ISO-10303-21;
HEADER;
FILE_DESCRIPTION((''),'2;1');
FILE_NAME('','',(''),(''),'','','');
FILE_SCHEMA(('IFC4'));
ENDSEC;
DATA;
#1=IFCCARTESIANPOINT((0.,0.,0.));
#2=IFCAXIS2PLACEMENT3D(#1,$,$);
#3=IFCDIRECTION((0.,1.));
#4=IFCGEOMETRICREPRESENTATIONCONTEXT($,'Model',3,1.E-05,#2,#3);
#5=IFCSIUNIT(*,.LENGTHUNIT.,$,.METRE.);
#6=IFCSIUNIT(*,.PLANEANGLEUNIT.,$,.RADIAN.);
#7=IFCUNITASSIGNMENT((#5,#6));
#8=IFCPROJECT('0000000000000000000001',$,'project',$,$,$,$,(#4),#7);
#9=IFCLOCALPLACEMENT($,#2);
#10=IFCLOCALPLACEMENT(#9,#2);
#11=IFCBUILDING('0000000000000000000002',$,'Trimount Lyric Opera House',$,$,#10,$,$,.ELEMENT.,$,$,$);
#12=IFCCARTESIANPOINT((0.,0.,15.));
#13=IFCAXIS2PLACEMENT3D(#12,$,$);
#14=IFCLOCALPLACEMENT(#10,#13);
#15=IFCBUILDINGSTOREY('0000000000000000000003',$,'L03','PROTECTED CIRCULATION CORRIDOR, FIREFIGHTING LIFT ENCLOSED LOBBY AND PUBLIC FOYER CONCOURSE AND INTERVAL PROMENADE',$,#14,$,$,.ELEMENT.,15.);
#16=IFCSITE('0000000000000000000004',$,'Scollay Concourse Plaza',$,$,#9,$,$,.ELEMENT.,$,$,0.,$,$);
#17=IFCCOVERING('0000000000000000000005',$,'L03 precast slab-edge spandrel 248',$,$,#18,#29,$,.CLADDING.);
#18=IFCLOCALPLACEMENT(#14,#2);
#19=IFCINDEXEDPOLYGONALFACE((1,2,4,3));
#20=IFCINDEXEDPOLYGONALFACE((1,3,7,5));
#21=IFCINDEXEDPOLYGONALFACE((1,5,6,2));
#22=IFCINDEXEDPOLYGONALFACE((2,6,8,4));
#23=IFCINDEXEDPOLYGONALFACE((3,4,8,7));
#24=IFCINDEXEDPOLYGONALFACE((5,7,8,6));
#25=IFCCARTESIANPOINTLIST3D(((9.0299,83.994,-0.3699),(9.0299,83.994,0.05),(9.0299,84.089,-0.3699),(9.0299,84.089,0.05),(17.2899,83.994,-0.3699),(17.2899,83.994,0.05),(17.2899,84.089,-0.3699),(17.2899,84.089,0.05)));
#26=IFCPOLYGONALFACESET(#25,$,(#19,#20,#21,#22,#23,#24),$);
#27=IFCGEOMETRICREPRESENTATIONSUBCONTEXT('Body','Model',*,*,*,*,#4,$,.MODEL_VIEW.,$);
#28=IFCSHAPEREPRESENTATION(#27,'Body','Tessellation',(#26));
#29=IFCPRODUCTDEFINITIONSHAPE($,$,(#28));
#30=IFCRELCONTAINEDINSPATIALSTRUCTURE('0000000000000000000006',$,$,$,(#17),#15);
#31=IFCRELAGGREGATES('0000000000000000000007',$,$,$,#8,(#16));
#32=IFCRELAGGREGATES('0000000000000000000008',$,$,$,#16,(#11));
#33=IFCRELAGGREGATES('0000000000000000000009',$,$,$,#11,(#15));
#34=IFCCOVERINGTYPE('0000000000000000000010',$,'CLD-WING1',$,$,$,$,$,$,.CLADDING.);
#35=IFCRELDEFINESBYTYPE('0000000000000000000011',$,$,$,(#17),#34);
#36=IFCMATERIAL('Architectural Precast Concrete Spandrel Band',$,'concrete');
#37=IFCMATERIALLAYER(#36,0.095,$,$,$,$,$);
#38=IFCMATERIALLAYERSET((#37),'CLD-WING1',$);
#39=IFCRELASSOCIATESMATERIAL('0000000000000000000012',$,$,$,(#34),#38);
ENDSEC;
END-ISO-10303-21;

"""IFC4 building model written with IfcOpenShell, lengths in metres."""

from ifc_helpers import new_model, si_unit, direction, frame, origin, origin_2d, place, context, subcontext, project, spatial, rectangle, extrude, material, layer, layer_set, type_object, element, save


model = new_model("IFC4")

# Units and contexts
model_context = context("Model", 3, precision=1e-05, world=origin(), true_north=direction((0.0, 1.0)))
body_context = subcontext(model_context, "Body", "Model", "MODEL_VIEW")
ifc_project = project(units=[si_unit("LENGTHUNIT", "METRE"), si_unit("PLANEANGLEUNIT", "RADIAN")], contexts=[model_context])

# Site, building, storey
site_placement = place(None, origin())
site = spatial("IfcSite", under=ifc_project, at=site_placement, Name="Scollay Concourse Plaza", CompositionType="ELEMENT", RefElevation=0.0)
building_placement = place(site_placement, origin())
building = spatial("IfcBuilding", under=site, at=building_placement, Name="Trimount Lyric Opera House", CompositionType="ELEMENT")
storey_placement = place(building_placement, frame((0.0, 0.0, 15.0)))
storey = spatial("IfcBuildingStorey", under=building, at=storey_placement, Name="L03", Description="PROTECTED CIRCULATION CORRIDOR, FIREFIGHTING LIFT ENCLOSED LOBBY AND PUBLIC FOYER CONCOURSE AND INTERVAL PROMENADE", CompositionType="ELEMENT", Elevation=15.0)

# Covering
ifc_material_1 = material(Name="Architectural Precast Concrete Spandrel Band", Category="concrete")
ifc_layer_1 = layer(ifc_material_1, 0.095)
ifc_layer_set_1 = layer_set([ifc_layer_1], Name="CLD-WING1")
covering_type = type_object("IfcCoveringType", Name="CLD-WING1", PredefinedType="CLADDING", material=ifc_layer_set_1)
covering_1_placement = place(storey_placement, frame((13.1599, 84.0415, -0.3699), z_axis=(0.0, 0.0, 1.0), x_axis=(1.0, 0.0, 0.0)))
element("IfcCovering", 1, at=covering_1_placement, inside=storey, type_object=covering_type, Name="L03 precast slab-edge spandrel 248", PredefinedType="CLADDING", context=body_context, shape_type="SweptSolid", body=[
    extrude(rectangle(XDim=8.26, YDim=0.095, at=origin_2d()), origin(), (0.0, 0.0, 1.0), 0.4199),
])

save(model, "model.ifc")
